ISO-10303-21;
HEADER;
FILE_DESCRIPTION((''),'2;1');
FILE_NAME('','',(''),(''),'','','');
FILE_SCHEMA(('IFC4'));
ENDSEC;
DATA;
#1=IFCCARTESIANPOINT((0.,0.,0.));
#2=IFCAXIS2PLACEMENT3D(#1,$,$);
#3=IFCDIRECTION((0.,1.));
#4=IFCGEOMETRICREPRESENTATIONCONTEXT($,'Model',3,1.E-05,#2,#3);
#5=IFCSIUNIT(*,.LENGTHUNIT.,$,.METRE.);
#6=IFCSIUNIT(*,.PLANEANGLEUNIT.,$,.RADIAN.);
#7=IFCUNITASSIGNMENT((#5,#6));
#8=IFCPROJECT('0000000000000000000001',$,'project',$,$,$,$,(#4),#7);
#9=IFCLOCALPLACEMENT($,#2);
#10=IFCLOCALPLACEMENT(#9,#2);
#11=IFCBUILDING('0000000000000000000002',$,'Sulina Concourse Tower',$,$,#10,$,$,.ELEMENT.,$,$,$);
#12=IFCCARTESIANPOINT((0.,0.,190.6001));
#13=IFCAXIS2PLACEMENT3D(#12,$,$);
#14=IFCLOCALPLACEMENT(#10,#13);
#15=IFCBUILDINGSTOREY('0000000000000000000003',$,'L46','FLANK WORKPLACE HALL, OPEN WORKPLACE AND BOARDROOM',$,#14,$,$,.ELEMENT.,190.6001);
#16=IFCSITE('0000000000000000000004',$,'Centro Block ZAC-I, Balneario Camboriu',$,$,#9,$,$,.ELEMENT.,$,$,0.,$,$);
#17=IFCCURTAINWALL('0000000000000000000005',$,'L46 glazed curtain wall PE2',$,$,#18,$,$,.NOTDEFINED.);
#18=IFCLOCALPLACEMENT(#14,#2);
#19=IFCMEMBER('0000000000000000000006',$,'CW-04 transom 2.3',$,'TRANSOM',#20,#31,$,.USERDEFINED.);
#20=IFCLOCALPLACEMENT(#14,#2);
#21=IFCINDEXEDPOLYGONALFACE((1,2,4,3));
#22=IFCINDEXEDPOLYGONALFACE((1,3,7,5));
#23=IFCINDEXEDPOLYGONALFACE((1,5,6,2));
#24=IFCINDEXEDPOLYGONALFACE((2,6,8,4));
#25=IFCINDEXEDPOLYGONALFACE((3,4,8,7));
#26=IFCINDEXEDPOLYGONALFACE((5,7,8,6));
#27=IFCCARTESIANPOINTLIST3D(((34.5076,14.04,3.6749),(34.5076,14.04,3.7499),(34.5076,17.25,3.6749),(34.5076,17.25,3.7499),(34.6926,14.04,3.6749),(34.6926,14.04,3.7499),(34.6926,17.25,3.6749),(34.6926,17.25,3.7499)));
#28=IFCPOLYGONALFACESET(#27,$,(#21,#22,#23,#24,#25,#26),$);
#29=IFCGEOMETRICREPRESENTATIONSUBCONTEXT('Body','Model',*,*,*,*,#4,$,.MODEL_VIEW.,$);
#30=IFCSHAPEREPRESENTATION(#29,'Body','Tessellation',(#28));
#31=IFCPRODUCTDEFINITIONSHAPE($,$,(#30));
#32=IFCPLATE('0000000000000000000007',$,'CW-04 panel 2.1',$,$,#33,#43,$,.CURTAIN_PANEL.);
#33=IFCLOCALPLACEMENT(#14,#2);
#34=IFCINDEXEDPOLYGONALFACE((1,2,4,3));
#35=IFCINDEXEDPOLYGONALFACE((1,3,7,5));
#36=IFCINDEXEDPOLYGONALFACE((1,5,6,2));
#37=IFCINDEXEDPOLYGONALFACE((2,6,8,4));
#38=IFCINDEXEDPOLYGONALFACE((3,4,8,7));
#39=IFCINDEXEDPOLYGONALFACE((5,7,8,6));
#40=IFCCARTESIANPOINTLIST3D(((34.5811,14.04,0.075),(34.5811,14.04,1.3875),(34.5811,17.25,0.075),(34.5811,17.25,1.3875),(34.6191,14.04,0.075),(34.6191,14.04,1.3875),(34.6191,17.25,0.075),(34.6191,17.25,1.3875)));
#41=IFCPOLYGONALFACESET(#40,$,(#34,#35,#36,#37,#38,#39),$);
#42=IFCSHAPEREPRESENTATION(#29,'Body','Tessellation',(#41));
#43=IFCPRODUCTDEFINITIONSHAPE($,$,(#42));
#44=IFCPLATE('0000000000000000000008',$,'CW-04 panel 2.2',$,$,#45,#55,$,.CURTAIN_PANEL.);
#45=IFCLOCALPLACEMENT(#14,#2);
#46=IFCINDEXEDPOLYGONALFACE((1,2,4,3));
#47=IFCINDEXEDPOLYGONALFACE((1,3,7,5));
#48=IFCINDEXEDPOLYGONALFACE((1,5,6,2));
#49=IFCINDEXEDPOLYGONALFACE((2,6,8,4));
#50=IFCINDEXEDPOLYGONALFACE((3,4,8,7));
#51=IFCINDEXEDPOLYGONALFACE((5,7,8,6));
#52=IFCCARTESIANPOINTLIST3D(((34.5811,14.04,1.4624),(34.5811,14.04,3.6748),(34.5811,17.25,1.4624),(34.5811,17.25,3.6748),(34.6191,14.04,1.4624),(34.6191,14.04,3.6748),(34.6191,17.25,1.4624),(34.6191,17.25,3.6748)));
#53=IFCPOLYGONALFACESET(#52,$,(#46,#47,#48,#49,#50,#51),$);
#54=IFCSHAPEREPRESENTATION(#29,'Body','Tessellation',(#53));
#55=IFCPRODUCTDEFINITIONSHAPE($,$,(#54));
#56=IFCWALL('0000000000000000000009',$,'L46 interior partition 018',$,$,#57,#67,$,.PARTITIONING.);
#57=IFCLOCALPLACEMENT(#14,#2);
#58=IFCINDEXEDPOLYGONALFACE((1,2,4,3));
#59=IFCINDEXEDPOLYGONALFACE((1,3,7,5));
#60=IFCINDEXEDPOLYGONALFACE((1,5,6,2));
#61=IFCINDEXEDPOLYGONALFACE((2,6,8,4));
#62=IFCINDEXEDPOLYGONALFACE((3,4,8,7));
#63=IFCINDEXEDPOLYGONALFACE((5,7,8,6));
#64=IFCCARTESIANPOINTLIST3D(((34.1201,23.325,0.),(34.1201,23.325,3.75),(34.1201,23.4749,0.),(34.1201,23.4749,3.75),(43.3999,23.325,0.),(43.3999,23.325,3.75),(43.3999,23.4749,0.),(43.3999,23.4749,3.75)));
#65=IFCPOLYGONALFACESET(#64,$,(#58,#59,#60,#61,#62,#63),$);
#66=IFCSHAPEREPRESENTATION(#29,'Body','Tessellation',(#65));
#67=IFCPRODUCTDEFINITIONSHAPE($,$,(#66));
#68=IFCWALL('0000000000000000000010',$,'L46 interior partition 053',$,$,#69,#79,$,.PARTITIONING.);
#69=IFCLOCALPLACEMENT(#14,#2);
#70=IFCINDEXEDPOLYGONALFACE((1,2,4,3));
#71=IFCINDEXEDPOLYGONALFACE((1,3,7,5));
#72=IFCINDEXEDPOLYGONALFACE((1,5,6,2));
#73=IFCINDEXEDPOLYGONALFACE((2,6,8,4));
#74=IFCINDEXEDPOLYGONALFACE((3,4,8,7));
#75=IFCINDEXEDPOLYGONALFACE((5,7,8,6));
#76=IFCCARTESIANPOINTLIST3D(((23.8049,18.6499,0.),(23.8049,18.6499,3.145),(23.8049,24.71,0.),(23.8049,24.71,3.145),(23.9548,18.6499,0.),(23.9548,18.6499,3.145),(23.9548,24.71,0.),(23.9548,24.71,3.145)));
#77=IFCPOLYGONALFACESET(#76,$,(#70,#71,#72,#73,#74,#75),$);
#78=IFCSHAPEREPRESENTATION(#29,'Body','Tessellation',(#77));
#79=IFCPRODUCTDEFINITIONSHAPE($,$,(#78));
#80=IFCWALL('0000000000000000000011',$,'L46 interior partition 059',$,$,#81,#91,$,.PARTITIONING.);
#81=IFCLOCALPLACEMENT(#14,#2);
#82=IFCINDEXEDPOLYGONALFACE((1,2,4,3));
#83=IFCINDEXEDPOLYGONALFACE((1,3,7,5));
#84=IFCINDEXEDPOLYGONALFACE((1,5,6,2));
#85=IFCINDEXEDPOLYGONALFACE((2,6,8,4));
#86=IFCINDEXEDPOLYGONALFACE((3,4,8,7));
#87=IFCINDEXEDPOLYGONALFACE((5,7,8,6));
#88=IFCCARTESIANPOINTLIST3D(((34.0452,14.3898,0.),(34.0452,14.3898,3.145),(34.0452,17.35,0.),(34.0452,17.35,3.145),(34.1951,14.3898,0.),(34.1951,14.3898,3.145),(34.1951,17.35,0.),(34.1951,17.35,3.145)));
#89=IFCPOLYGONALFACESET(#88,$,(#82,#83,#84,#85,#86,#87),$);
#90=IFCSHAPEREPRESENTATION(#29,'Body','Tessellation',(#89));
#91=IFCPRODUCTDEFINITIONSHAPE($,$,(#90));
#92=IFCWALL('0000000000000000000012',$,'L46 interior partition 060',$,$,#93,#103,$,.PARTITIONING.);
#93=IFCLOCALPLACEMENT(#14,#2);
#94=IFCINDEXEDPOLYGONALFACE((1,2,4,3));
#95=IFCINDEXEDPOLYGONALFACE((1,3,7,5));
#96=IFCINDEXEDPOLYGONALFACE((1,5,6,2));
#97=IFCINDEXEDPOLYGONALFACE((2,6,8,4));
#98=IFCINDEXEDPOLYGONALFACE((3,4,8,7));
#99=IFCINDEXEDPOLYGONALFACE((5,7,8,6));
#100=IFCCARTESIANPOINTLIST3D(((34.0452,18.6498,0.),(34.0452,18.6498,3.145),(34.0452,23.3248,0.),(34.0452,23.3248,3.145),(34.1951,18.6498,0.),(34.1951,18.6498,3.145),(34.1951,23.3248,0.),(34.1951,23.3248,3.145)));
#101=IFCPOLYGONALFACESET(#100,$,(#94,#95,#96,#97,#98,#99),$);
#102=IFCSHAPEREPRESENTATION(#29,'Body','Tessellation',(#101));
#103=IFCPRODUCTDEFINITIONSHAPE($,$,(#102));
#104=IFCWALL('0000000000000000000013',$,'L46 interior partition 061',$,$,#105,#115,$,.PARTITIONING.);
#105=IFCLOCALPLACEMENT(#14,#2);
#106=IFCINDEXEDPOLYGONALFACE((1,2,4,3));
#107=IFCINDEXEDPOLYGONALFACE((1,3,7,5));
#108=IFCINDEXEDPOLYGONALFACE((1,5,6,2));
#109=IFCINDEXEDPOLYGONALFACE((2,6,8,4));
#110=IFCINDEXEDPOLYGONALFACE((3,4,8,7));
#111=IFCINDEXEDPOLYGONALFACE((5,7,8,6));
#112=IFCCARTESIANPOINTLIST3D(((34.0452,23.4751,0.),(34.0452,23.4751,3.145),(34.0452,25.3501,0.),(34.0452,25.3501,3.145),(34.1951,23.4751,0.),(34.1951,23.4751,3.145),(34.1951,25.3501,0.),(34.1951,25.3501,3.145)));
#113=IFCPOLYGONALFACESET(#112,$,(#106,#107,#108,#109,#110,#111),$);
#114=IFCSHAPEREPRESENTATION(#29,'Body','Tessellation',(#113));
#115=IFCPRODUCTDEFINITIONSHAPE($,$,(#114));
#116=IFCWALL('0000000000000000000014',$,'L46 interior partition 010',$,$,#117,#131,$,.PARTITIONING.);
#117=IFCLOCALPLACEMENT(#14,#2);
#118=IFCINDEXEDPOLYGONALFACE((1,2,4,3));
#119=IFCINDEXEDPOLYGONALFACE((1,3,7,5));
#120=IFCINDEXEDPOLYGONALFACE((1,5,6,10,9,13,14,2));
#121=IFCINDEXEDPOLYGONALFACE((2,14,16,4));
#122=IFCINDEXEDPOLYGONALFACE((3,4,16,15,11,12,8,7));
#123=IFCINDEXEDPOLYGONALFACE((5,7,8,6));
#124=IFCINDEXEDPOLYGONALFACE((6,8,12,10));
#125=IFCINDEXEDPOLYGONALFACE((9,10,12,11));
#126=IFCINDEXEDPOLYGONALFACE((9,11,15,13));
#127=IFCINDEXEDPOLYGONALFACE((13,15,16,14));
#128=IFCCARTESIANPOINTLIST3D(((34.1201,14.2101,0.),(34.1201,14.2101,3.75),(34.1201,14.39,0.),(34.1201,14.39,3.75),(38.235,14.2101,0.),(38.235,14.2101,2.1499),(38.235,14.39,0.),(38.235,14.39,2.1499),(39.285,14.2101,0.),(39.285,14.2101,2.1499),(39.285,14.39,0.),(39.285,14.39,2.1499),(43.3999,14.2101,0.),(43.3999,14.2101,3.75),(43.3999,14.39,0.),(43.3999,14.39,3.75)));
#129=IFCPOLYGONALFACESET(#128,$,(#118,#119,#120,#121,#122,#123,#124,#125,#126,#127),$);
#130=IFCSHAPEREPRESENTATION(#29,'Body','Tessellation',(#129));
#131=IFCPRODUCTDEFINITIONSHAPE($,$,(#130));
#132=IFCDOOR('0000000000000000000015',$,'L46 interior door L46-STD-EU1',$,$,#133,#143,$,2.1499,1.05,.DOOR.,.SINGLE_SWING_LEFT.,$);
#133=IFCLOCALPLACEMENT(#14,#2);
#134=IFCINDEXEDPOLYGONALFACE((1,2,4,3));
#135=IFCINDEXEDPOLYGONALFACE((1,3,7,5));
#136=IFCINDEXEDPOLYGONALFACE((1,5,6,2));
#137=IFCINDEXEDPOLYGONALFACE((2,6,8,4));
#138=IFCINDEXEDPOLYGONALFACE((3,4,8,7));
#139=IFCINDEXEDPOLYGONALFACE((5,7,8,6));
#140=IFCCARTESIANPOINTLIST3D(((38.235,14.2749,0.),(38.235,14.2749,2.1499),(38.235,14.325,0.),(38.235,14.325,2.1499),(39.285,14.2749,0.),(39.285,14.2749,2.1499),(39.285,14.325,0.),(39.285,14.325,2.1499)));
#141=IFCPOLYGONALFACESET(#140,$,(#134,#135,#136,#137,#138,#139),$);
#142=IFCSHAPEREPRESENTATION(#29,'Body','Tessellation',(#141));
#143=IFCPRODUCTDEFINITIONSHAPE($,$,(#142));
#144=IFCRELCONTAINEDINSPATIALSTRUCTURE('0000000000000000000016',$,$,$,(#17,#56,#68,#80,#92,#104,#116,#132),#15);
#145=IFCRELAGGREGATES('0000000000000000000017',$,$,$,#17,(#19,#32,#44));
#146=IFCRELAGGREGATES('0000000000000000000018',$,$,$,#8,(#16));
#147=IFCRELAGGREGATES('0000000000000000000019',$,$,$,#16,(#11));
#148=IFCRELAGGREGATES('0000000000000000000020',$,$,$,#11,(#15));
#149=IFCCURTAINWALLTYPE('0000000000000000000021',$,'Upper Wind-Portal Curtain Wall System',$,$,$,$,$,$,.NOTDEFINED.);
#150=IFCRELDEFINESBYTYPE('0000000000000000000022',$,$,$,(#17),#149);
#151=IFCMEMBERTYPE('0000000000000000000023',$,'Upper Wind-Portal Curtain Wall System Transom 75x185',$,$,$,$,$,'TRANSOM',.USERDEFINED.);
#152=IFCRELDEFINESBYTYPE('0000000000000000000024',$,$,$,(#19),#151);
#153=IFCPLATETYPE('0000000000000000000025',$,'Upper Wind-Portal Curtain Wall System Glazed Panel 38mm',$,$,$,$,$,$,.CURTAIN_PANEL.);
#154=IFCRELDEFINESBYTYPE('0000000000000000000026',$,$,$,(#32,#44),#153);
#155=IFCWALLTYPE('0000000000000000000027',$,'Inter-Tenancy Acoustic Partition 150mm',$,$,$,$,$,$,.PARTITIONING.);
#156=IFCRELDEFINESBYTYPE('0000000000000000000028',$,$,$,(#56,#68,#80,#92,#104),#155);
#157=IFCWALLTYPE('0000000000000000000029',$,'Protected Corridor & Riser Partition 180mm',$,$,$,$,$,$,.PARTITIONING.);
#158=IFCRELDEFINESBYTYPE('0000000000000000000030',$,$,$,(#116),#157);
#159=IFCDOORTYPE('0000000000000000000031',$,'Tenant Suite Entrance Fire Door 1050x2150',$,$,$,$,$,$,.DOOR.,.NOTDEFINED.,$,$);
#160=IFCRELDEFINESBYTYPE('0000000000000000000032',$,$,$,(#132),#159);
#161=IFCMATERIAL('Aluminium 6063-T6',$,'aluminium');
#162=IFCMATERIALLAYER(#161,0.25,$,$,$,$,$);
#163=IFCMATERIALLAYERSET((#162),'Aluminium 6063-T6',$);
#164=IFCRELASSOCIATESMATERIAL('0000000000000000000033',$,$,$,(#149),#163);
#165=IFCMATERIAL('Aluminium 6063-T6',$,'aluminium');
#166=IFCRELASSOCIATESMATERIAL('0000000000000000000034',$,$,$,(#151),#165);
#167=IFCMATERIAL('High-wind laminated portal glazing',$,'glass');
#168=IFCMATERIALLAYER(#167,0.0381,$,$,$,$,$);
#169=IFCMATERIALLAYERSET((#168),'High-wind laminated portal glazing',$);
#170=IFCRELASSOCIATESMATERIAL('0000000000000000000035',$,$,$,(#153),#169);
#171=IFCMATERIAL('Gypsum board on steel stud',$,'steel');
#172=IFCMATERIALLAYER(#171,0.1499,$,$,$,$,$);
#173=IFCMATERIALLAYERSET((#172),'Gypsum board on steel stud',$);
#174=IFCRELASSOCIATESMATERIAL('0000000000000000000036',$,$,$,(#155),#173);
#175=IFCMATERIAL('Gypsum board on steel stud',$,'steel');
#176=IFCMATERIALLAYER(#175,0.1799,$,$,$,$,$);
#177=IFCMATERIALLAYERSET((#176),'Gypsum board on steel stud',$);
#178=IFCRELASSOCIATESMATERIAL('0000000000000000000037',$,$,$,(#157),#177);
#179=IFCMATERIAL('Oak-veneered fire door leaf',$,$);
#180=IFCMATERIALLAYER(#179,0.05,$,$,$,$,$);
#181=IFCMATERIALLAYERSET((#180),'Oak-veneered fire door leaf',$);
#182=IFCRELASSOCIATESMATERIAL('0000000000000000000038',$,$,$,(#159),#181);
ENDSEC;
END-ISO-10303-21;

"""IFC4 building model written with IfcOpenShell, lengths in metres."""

from ifc_helpers import new_model, si_unit, direction, frame, frame_2d, origin, origin_2d, place, context, subcontext, project, spatial, rectangle, extrude, material, layer, layer_set, material_profile, profile_set, type_object, element, fill, aggregate, save


model = new_model("IFC4")

# Units and contexts
model_context = context("Model", 3, precision=1e-05, world=origin(), true_north=direction((0.0, 1.0)))
body_context = subcontext(model_context, "Body", "Model", "MODEL_VIEW")
ifc_project = project(units=[si_unit("LENGTHUNIT", "METRE"), si_unit("PLANEANGLEUNIT", "RADIAN")], contexts=[model_context])

# Site, building, storey
site_placement = place(None, origin())
site = spatial("IfcSite", under=ifc_project, at=site_placement, Name="Centro Block ZAC-I, Balneario Camboriu", CompositionType="ELEMENT", RefElevation=0.0)
building_placement = place(site_placement, origin())
building = spatial("IfcBuilding", under=site, at=building_placement, Name="Sulina Concourse Tower", CompositionType="ELEMENT")
storey_placement = place(building_placement, frame((0.0, 0.0, 190.6001)))
storey = spatial("IfcBuildingStorey", under=building, at=storey_placement, Name="L46", Description="FLANK WORKPLACE HALL, OPEN WORKPLACE AND BOARDROOM", CompositionType="ELEMENT", Elevation=190.6001)

# Curtain wall, member, plates
ifc_material_1 = material(Name="Aluminium 6063-T6", Category="aluminium")
ifc_layer_1 = layer(ifc_material_1, 0.25)
ifc_layer_set_1 = layer_set([ifc_layer_1], Name="Aluminium 6063-T6")
curtain_wall_type = type_object("IfcCurtainWallType", Name="Upper Wind-Portal Curtain Wall System", PredefinedType="NOTDEFINED", material=ifc_layer_set_1)
curtain_wall_placement = place(storey_placement, origin())
curtain_wall = element("IfcCurtainWall", 1, at=curtain_wall_placement, inside=storey, type_object=curtain_wall_type, Name="L46 glazed curtain wall PE2", PredefinedType="NOTDEFINED")
ifc_material_2 = material(Name="Aluminium 6063-T6", Category="aluminium")
ifc_material_profile_1 = material_profile(ifc_material_2, rectangle(XDim=0.1851, YDim=0.075, at=origin_2d()), Name="TRN 75x185")
ifc_profile_set_1 = profile_set([ifc_material_profile_1], Name="Aluminium 6063-T6")
member_type_1 = type_object("IfcMemberType", Name="Upper Wind-Portal Curtain Wall System Transom 75x185", ElementType="TRANSOM", PredefinedType="USERDEFINED", material=ifc_profile_set_1)
member_1_placement = place(storey_placement, frame((34.6001, 14.04, 3.7124), z_axis=(0.0, 1.0, 0.0), x_axis=(-1.0, 0.0, 0.0)))
member_1 = element("IfcMember", 2, at=member_1_placement, type_object=member_type_1, Name="CW-04 transom 2.3", ObjectType="TRANSOM", PredefinedType="USERDEFINED", context=body_context, shape_type="SweptSolid", body=[
    extrude(rectangle(XDim=0.1851, YDim=0.075, at=origin_2d()), origin(), (0.0, 0.0, 1.0), 3.21),
])
ifc_material_3 = material(Name="High-wind laminated portal glazing", Category="glass")
ifc_layer_2 = layer(ifc_material_3, 0.0381)
ifc_layer_set_2 = layer_set([ifc_layer_2], Name="High-wind laminated portal glazing")
plate_type = type_object("IfcPlateType", Name="Upper Wind-Portal Curtain Wall System Glazed Panel 38mm", PredefinedType="CURTAIN_PANEL", material=ifc_layer_set_2)
plate_1_placement = place(storey_placement, frame((34.6001, 15.645, 0.075), z_axis=(0.0, 0.0, 1.0), x_axis=(0.0, 1.0, 0.0)))
plate_1 = element("IfcPlate", 3, at=plate_1_placement, type_object=plate_type, Name="CW-04 panel 2.1", PredefinedType="CURTAIN_PANEL", context=body_context, shape_type="SweptSolid", body=[
    extrude(rectangle(XDim=3.21, YDim=0.0381, at=origin_2d()), origin(), (0.0, 0.0, 1.0), 1.3125),
])
plate_2_placement = place(storey_placement, frame((34.6001, 15.645, 1.4624), z_axis=(0.0, 0.0, 1.0), x_axis=(0.0, 1.0, 0.0)))
plate_2 = element("IfcPlate", 4, at=plate_2_placement, type_object=plate_type, Name="CW-04 panel 2.2", PredefinedType="CURTAIN_PANEL", context=body_context, shape_type="SweptSolid", body=[
    extrude(rectangle(XDim=3.21, YDim=0.0381, at=origin_2d()), origin(), (0.0, 0.0, 1.0), 2.2124),
])
aggregate(curtain_wall, [member_1, plate_1, plate_2])

# Walls
ifc_material_4 = material(Name="Gypsum board on steel stud", Category="steel")
ifc_layer_3 = layer(ifc_material_4, 0.1499)
ifc_layer_set_3 = layer_set([ifc_layer_3], Name="Gypsum board on steel stud")
wall_type_1 = type_object("IfcWallType", Name="Inter-Tenancy Acoustic Partition 150mm", PredefinedType="PARTITIONING", material=ifc_layer_set_3)
wall_1_placement = place(storey_placement, frame((34.1201, 23.3999, 0.0), z_axis=(0.0, 0.0, 1.0), x_axis=(1.0, 0.0, 0.0)))
element("IfcWall", 5, at=wall_1_placement, inside=storey, type_object=wall_type_1, Name="L46 interior partition 018", PredefinedType="PARTITIONING", context=body_context, shape_type="SweptSolid", body=[
    extrude(rectangle(XDim=9.2798, YDim=0.1499, at=frame_2d((4.6399, 0.0))), origin(), (0.0, 0.0, 1.0), 3.75),
])
wall_2_placement = place(storey_placement, frame((23.8799, 18.6499, 0.0), z_axis=(0.0, 0.0, 1.0), x_axis=(0.0, 1.0, 0.0)))
element("IfcWall", 6, at=wall_2_placement, inside=storey, type_object=wall_type_1, Name="L46 interior partition 053", PredefinedType="PARTITIONING", context=body_context, shape_type="SweptSolid", body=[
    extrude(rectangle(XDim=6.0601, YDim=0.1499, at=frame_2d((3.03, 0.0))), origin(), (0.0, 0.0, 1.0), 3.145),
])
wall_3_placement = place(storey_placement, frame((34.1201, 14.3899, 0.0), z_axis=(0.0, 0.0, 1.0), x_axis=(0.0, 1.0, 0.0)))
element("IfcWall", 7, at=wall_3_placement, inside=storey, type_object=wall_type_1, Name="L46 interior partition 059", PredefinedType="PARTITIONING", context=body_context, shape_type="SweptSolid", body=[
    extrude(rectangle(XDim=2.9602, YDim=0.1499, at=frame_2d((1.48, 0.0))), origin(), (0.0, 0.0, 1.0), 3.145),
])
wall_4_placement = place(storey_placement, frame((34.1201, 18.6499, 0.0), z_axis=(0.0, 0.0, 1.0), x_axis=(0.0, 1.0, 0.0)))
element("IfcWall", 8, at=wall_4_placement, inside=storey, type_object=wall_type_1, Name="L46 interior partition 060", PredefinedType="PARTITIONING", context=body_context, shape_type="SweptSolid", body=[
    extrude(rectangle(XDim=4.675, YDim=0.1499, at=frame_2d((2.3374, 0.0))), origin(), (0.0, 0.0, 1.0), 3.145),
])
wall_5_placement = place(storey_placement, frame((34.1201, 23.4751, 0.0), z_axis=(0.0, 0.0, 1.0), x_axis=(0.0, 1.0, 0.0)))
element("IfcWall", 9, at=wall_5_placement, inside=storey, type_object=wall_type_1, Name="L46 interior partition 061", PredefinedType="PARTITIONING", context=body_context, shape_type="SweptSolid", body=[
    extrude(rectangle(XDim=1.875, YDim=0.1499, at=frame_2d((0.9375, 0.0))), origin(), (0.0, 0.0, 1.0), 3.145),
])

# Wall, opening, door
ifc_material_5 = material(Name="Gypsum board on steel stud", Category="steel")
ifc_layer_4 = layer(ifc_material_5, 0.1799)
ifc_layer_set_4 = layer_set([ifc_layer_4], Name="Gypsum board on steel stud")
wall_type_2 = type_object("IfcWallType", Name="Protected Corridor & Riser Partition 180mm", PredefinedType="PARTITIONING", material=ifc_layer_set_4)
wall_6_placement = place(storey_placement, frame((34.1201, 14.3, 0.0), z_axis=(0.0, 0.0, 1.0), x_axis=(1.0, 0.0, 0.0)))
wall_6 = element("IfcWall", 10, at=wall_6_placement, inside=storey, type_object=wall_type_2, Name="L46 interior partition 010", PredefinedType="PARTITIONING", context=body_context, shape_type="SweptSolid", body=[
    extrude(rectangle(XDim=9.2798, YDim=0.1799, at=frame_2d((4.6399, 0.0))), origin(), (0.0, 0.0, 1.0), 3.75),
])
opening_placement = place(wall_6_placement, frame((4.115, 0.0, 0.0)))
opening = element("IfcOpeningElement", 11, at=opening_placement, cuts=wall_6, PredefinedType="OPENING", context=body_context, shape_type="SweptSolid", body=[
    extrude(rectangle(XDim=1.05, YDim=2.1499, at=frame_2d((0.5249, 1.075))), frame((0.0, 0.0999, 0.0), z_axis=(0.0, -1.0, 0.0), x_axis=(1.0, 0.0, 0.0)), (0.0, 0.0, 1.0), 0.2),
])
ifc_material_6 = material(Name="Oak-veneered fire door leaf")
ifc_layer_5 = layer(ifc_material_6, 0.05)
ifc_layer_set_5 = layer_set([ifc_layer_5], Name="Oak-veneered fire door leaf")
door_type = type_object("IfcDoorType", Name="Tenant Suite Entrance Fire Door 1050x2150", OperationType="NOTDEFINED", PredefinedType="DOOR", material=ifc_layer_set_5)
door_placement = place(opening_placement, origin())
door = element("IfcDoor", 12, at=door_placement, inside=storey, type_object=door_type, Name="L46 interior door L46-STD-EU1", OperationType="SINGLE_SWING_LEFT", OverallHeight=2.1499, OverallWidth=1.05, PredefinedType="DOOR", context=body_context, shape_type="SweptSolid", body=[
    extrude(rectangle(XDim=1.05, YDim=2.1499, at=frame_2d((0.5249, 1.075))), frame((0.0, 0.0249, 0.0), z_axis=(0.0, -1.0, 0.0), x_axis=(1.0, 0.0, 0.0)), (0.0, 0.0, 1.0), 0.05),
])
fill(opening, door)

save(model, "model.ifc")
